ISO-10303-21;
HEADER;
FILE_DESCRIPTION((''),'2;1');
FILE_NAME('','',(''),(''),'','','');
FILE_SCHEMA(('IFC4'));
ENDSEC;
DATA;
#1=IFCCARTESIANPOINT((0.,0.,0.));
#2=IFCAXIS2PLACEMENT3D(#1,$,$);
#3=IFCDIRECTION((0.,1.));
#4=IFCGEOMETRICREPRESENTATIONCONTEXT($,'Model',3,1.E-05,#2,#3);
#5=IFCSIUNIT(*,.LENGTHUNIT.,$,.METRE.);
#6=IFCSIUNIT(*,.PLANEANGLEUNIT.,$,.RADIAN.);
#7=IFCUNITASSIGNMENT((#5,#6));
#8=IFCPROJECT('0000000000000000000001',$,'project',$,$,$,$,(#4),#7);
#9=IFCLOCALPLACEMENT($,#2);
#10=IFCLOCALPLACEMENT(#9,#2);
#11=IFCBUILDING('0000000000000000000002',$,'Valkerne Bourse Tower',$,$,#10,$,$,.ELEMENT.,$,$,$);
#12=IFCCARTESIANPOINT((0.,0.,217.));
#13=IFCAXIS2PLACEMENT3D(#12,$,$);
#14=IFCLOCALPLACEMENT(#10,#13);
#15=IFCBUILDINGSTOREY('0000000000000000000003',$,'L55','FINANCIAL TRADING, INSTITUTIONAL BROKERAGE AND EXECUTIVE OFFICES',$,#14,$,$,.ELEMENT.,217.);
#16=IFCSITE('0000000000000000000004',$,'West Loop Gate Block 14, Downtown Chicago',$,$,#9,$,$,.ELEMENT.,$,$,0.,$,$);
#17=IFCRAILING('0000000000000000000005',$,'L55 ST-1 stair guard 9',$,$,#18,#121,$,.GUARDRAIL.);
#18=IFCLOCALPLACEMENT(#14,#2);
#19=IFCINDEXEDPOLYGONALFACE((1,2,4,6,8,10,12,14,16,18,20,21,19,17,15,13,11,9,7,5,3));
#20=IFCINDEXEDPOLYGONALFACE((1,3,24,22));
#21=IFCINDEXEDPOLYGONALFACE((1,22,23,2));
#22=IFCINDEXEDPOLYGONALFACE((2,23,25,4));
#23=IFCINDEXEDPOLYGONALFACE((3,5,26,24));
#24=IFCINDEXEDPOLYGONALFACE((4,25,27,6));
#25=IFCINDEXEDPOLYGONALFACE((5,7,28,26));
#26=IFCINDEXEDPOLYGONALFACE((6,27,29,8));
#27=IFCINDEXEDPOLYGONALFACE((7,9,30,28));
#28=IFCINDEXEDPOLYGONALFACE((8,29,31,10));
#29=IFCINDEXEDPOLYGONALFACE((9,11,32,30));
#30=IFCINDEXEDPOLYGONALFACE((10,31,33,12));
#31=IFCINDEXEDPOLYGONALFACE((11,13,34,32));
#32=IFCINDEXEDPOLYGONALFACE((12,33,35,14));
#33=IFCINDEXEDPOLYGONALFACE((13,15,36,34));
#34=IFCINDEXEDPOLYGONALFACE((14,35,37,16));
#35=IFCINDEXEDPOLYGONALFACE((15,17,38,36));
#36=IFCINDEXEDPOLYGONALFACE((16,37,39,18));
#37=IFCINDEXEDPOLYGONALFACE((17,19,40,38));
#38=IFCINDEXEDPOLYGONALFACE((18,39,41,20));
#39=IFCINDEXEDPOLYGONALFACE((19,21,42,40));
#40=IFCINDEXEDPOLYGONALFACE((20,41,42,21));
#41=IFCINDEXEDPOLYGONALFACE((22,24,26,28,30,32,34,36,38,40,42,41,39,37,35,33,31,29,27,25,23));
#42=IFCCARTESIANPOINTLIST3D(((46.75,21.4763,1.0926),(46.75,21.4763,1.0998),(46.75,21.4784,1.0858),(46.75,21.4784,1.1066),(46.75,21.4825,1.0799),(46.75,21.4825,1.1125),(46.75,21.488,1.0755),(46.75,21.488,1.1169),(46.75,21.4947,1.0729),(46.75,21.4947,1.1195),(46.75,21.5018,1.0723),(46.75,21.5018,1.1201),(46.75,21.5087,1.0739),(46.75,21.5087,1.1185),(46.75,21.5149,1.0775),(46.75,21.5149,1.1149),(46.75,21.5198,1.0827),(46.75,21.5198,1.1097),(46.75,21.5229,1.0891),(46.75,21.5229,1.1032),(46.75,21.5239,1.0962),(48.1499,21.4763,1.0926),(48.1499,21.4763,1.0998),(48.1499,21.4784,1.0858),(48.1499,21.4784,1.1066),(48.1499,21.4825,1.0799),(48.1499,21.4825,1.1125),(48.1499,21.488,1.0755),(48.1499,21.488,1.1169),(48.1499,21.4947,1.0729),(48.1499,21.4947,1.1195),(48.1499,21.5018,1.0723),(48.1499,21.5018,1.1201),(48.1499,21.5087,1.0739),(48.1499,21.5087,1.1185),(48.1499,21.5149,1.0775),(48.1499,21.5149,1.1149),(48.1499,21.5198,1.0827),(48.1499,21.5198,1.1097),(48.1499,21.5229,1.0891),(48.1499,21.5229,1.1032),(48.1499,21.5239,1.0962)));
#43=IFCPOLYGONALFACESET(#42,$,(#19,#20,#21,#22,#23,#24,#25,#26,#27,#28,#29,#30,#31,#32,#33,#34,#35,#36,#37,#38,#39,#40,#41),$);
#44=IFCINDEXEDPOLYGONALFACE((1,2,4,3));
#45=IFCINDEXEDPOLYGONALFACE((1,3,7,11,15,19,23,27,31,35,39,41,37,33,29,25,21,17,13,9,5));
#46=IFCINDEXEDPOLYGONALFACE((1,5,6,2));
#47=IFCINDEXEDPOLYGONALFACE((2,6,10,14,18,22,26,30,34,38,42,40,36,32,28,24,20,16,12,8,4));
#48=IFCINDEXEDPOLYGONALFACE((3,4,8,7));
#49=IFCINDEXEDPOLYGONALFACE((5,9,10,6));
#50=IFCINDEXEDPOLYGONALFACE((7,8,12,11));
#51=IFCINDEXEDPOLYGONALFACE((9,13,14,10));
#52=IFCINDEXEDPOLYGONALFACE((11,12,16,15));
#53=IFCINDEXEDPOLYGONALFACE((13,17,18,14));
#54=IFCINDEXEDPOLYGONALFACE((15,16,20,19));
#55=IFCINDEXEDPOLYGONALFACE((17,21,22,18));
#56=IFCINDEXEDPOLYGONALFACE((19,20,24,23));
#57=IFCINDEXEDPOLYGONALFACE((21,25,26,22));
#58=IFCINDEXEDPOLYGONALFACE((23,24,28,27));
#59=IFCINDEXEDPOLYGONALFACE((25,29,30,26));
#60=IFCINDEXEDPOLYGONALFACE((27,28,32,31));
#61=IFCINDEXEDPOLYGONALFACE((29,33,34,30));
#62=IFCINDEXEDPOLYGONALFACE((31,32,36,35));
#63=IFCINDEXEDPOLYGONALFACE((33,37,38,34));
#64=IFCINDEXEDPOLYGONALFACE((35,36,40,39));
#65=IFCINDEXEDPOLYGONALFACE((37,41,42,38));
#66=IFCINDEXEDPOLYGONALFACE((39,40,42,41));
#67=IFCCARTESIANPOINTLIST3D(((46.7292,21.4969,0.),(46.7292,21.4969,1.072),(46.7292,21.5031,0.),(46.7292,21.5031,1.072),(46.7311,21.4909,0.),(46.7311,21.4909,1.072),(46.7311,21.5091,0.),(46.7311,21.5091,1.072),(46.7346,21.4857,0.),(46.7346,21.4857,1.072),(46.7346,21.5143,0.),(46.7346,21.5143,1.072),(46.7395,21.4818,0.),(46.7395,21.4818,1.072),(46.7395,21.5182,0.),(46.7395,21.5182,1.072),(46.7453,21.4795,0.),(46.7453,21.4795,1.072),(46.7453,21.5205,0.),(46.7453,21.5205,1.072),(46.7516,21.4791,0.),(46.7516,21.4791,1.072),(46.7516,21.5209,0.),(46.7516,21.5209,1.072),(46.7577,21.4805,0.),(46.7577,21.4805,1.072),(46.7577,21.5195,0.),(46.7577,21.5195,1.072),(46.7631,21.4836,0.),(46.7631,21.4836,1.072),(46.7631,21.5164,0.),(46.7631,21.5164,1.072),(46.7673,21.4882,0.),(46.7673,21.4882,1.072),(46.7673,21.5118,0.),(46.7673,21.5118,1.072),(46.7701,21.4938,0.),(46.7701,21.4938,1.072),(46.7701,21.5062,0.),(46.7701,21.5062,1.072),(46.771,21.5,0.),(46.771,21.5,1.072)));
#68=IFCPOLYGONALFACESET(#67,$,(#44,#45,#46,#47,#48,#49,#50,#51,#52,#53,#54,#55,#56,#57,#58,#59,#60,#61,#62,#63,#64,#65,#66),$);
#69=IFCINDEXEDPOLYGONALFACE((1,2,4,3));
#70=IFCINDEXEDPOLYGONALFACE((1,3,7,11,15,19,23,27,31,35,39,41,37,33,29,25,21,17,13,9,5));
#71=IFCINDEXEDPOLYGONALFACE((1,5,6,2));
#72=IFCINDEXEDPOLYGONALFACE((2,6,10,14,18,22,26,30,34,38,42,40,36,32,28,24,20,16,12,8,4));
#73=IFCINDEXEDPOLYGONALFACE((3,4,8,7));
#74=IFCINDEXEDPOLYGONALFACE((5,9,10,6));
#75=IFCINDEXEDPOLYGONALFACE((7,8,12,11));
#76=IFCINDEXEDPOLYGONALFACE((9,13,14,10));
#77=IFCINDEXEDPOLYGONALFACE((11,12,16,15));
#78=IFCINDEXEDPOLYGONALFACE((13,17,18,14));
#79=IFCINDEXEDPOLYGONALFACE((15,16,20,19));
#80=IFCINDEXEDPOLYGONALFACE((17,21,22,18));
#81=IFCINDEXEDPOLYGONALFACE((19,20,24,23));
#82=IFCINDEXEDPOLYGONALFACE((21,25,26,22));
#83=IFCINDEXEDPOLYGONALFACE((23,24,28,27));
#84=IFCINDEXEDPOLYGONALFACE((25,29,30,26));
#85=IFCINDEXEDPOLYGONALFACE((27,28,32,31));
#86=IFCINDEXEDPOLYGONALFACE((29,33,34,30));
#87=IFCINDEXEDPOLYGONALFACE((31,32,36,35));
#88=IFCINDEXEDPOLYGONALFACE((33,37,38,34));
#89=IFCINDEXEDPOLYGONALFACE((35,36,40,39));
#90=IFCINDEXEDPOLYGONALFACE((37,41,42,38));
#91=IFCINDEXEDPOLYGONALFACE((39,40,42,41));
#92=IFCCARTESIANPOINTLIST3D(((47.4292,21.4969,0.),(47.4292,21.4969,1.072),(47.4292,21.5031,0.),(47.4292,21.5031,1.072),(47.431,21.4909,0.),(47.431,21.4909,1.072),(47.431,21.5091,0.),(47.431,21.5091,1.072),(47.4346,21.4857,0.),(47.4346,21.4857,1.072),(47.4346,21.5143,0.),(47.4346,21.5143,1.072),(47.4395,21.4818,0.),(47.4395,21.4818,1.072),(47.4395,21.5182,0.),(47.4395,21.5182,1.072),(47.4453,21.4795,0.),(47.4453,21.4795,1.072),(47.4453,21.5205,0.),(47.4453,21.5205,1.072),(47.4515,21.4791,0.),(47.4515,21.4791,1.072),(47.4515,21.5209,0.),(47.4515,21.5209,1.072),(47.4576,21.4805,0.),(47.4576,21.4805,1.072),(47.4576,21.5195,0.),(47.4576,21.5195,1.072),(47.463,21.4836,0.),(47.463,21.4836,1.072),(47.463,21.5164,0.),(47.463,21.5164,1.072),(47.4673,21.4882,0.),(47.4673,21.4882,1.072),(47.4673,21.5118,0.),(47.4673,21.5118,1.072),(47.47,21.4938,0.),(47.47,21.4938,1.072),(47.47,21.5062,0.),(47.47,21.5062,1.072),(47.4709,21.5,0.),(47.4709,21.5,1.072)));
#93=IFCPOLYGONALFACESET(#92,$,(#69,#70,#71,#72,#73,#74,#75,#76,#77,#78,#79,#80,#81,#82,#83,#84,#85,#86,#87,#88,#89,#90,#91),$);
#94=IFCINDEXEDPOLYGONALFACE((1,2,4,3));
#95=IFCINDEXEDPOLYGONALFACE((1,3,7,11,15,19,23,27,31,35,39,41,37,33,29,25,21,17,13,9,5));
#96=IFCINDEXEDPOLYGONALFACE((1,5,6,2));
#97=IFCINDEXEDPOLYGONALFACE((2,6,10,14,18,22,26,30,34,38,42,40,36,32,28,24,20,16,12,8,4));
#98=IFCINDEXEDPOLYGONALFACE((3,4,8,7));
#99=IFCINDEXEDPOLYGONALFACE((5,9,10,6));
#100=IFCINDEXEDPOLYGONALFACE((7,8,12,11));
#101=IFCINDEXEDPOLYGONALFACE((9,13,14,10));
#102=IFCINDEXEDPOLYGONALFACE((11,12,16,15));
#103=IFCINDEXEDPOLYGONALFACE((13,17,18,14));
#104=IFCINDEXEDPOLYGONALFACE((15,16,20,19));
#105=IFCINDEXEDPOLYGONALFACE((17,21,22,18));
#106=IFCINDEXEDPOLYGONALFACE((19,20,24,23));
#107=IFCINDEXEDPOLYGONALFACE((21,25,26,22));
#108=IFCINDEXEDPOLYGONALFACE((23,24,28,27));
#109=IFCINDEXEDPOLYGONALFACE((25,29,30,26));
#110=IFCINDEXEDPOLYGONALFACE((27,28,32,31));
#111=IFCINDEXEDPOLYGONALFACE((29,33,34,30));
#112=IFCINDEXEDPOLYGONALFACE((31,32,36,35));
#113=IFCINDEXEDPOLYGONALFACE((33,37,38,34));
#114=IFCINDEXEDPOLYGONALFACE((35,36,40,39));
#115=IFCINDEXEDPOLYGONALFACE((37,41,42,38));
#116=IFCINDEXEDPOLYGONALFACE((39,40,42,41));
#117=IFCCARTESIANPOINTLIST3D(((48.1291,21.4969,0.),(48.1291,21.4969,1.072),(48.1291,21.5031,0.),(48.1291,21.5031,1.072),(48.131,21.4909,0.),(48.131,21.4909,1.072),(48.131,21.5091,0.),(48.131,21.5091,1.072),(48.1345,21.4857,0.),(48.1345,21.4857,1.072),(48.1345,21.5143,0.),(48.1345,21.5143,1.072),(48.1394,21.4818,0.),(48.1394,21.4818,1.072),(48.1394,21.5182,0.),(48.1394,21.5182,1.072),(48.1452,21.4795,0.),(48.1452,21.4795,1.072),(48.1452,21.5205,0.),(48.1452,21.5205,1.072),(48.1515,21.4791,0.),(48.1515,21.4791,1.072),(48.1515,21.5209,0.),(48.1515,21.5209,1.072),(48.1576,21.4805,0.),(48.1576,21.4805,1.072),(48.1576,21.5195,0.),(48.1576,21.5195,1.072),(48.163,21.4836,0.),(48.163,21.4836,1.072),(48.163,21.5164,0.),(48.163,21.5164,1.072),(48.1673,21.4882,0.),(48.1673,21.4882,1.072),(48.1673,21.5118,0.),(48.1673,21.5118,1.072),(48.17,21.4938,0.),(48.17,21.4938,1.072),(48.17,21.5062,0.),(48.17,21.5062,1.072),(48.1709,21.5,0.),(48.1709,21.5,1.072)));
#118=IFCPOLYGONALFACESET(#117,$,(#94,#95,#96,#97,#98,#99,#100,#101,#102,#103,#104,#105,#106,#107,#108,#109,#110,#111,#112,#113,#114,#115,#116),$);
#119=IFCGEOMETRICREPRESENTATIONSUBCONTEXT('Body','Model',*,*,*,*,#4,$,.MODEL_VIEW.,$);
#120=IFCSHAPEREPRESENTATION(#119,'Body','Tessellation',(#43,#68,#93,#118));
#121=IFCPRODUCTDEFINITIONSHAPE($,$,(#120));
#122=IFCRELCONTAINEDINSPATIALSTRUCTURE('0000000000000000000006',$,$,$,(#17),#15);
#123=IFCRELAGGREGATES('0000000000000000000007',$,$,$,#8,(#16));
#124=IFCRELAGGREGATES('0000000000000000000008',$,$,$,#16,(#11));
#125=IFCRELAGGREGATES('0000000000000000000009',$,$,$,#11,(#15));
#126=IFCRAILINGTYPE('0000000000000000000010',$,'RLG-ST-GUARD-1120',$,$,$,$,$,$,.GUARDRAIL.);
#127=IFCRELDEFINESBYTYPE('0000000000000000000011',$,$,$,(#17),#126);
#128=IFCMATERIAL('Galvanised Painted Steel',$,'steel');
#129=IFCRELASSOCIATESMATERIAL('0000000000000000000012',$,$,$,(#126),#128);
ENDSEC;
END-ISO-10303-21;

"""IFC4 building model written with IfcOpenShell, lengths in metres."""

from ifc_helpers import new_model, si_unit, direction, frame, origin, origin_2d, place, context, subcontext, project, spatial, circle, extrude, material, type_object, element, save


model = new_model("IFC4")

# Units and contexts
model_context = context("Model", 3, precision=1e-05, world=origin(), true_north=direction((0.0, 1.0)))
body_context = subcontext(model_context, "Body", "Model", "MODEL_VIEW")
ifc_project = project(units=[si_unit("LENGTHUNIT", "METRE"), si_unit("PLANEANGLEUNIT", "RADIAN")], contexts=[model_context])

# Site, building, storey
site_placement = place(None, origin())
site = spatial("IfcSite", under=ifc_project, at=site_placement, Name="West Loop Gate Block 14, Downtown Chicago", CompositionType="ELEMENT", RefElevation=0.0)
building_placement = place(site_placement, origin())
building = spatial("IfcBuilding", under=site, at=building_placement, Name="Valkerne Bourse Tower", CompositionType="ELEMENT")
storey_placement = place(building_placement, frame((0.0, 0.0, 217.0)))
storey = spatial("IfcBuildingStorey", under=building, at=storey_placement, Name="L55", Description="FINANCIAL TRADING, INSTITUTIONAL BROKERAGE AND EXECUTIVE OFFICES", CompositionType="ELEMENT", Elevation=217.0)

# Shared definitions
ifc_material_1 = material(Name="Galvanised Painted Steel", Category="steel")

# Railing
railing_type_1 = type_object("IfcRailingType", Name="RLG-ST-GUARD-1120", PredefinedType="GUARDRAIL", material=ifc_material_1)
for number, where, name in (
    (1, (46.75, 21.5, 0.0), "L55 ST-1 stair guard 9"),
):
    element("IfcRailing", number, at=place(storey_placement, frame(where)), inside=storey, type_object=railing_type_1, Name=name, PredefinedType="GUARDRAIL", context=body_context, shape_type="SweptSolid", body=[
        extrude(circle(Radius=0.0239, at=origin_2d()), frame((0.0, 0.0, 1.0962), z_axis=(1.0, 0.0, 0.0), x_axis=(0.0, 1.0, 0.0)), (0.0, 0.0, 1.0), 1.3999),
        extrude(circle(Radius=0.021, at=origin_2d()), origin(), (0.0, 0.0, 1.0), 1.072),
        extrude(circle(Radius=0.021, at=origin_2d()), frame((0.7, 0.0, 0.0)), (0.0, 0.0, 1.0), 1.072),
        extrude(circle(Radius=0.021, at=origin_2d()), frame((1.3999, 0.0, 0.0)), (0.0, 0.0, 1.0), 1.072),
    ])

save(model, "model.ifc")
